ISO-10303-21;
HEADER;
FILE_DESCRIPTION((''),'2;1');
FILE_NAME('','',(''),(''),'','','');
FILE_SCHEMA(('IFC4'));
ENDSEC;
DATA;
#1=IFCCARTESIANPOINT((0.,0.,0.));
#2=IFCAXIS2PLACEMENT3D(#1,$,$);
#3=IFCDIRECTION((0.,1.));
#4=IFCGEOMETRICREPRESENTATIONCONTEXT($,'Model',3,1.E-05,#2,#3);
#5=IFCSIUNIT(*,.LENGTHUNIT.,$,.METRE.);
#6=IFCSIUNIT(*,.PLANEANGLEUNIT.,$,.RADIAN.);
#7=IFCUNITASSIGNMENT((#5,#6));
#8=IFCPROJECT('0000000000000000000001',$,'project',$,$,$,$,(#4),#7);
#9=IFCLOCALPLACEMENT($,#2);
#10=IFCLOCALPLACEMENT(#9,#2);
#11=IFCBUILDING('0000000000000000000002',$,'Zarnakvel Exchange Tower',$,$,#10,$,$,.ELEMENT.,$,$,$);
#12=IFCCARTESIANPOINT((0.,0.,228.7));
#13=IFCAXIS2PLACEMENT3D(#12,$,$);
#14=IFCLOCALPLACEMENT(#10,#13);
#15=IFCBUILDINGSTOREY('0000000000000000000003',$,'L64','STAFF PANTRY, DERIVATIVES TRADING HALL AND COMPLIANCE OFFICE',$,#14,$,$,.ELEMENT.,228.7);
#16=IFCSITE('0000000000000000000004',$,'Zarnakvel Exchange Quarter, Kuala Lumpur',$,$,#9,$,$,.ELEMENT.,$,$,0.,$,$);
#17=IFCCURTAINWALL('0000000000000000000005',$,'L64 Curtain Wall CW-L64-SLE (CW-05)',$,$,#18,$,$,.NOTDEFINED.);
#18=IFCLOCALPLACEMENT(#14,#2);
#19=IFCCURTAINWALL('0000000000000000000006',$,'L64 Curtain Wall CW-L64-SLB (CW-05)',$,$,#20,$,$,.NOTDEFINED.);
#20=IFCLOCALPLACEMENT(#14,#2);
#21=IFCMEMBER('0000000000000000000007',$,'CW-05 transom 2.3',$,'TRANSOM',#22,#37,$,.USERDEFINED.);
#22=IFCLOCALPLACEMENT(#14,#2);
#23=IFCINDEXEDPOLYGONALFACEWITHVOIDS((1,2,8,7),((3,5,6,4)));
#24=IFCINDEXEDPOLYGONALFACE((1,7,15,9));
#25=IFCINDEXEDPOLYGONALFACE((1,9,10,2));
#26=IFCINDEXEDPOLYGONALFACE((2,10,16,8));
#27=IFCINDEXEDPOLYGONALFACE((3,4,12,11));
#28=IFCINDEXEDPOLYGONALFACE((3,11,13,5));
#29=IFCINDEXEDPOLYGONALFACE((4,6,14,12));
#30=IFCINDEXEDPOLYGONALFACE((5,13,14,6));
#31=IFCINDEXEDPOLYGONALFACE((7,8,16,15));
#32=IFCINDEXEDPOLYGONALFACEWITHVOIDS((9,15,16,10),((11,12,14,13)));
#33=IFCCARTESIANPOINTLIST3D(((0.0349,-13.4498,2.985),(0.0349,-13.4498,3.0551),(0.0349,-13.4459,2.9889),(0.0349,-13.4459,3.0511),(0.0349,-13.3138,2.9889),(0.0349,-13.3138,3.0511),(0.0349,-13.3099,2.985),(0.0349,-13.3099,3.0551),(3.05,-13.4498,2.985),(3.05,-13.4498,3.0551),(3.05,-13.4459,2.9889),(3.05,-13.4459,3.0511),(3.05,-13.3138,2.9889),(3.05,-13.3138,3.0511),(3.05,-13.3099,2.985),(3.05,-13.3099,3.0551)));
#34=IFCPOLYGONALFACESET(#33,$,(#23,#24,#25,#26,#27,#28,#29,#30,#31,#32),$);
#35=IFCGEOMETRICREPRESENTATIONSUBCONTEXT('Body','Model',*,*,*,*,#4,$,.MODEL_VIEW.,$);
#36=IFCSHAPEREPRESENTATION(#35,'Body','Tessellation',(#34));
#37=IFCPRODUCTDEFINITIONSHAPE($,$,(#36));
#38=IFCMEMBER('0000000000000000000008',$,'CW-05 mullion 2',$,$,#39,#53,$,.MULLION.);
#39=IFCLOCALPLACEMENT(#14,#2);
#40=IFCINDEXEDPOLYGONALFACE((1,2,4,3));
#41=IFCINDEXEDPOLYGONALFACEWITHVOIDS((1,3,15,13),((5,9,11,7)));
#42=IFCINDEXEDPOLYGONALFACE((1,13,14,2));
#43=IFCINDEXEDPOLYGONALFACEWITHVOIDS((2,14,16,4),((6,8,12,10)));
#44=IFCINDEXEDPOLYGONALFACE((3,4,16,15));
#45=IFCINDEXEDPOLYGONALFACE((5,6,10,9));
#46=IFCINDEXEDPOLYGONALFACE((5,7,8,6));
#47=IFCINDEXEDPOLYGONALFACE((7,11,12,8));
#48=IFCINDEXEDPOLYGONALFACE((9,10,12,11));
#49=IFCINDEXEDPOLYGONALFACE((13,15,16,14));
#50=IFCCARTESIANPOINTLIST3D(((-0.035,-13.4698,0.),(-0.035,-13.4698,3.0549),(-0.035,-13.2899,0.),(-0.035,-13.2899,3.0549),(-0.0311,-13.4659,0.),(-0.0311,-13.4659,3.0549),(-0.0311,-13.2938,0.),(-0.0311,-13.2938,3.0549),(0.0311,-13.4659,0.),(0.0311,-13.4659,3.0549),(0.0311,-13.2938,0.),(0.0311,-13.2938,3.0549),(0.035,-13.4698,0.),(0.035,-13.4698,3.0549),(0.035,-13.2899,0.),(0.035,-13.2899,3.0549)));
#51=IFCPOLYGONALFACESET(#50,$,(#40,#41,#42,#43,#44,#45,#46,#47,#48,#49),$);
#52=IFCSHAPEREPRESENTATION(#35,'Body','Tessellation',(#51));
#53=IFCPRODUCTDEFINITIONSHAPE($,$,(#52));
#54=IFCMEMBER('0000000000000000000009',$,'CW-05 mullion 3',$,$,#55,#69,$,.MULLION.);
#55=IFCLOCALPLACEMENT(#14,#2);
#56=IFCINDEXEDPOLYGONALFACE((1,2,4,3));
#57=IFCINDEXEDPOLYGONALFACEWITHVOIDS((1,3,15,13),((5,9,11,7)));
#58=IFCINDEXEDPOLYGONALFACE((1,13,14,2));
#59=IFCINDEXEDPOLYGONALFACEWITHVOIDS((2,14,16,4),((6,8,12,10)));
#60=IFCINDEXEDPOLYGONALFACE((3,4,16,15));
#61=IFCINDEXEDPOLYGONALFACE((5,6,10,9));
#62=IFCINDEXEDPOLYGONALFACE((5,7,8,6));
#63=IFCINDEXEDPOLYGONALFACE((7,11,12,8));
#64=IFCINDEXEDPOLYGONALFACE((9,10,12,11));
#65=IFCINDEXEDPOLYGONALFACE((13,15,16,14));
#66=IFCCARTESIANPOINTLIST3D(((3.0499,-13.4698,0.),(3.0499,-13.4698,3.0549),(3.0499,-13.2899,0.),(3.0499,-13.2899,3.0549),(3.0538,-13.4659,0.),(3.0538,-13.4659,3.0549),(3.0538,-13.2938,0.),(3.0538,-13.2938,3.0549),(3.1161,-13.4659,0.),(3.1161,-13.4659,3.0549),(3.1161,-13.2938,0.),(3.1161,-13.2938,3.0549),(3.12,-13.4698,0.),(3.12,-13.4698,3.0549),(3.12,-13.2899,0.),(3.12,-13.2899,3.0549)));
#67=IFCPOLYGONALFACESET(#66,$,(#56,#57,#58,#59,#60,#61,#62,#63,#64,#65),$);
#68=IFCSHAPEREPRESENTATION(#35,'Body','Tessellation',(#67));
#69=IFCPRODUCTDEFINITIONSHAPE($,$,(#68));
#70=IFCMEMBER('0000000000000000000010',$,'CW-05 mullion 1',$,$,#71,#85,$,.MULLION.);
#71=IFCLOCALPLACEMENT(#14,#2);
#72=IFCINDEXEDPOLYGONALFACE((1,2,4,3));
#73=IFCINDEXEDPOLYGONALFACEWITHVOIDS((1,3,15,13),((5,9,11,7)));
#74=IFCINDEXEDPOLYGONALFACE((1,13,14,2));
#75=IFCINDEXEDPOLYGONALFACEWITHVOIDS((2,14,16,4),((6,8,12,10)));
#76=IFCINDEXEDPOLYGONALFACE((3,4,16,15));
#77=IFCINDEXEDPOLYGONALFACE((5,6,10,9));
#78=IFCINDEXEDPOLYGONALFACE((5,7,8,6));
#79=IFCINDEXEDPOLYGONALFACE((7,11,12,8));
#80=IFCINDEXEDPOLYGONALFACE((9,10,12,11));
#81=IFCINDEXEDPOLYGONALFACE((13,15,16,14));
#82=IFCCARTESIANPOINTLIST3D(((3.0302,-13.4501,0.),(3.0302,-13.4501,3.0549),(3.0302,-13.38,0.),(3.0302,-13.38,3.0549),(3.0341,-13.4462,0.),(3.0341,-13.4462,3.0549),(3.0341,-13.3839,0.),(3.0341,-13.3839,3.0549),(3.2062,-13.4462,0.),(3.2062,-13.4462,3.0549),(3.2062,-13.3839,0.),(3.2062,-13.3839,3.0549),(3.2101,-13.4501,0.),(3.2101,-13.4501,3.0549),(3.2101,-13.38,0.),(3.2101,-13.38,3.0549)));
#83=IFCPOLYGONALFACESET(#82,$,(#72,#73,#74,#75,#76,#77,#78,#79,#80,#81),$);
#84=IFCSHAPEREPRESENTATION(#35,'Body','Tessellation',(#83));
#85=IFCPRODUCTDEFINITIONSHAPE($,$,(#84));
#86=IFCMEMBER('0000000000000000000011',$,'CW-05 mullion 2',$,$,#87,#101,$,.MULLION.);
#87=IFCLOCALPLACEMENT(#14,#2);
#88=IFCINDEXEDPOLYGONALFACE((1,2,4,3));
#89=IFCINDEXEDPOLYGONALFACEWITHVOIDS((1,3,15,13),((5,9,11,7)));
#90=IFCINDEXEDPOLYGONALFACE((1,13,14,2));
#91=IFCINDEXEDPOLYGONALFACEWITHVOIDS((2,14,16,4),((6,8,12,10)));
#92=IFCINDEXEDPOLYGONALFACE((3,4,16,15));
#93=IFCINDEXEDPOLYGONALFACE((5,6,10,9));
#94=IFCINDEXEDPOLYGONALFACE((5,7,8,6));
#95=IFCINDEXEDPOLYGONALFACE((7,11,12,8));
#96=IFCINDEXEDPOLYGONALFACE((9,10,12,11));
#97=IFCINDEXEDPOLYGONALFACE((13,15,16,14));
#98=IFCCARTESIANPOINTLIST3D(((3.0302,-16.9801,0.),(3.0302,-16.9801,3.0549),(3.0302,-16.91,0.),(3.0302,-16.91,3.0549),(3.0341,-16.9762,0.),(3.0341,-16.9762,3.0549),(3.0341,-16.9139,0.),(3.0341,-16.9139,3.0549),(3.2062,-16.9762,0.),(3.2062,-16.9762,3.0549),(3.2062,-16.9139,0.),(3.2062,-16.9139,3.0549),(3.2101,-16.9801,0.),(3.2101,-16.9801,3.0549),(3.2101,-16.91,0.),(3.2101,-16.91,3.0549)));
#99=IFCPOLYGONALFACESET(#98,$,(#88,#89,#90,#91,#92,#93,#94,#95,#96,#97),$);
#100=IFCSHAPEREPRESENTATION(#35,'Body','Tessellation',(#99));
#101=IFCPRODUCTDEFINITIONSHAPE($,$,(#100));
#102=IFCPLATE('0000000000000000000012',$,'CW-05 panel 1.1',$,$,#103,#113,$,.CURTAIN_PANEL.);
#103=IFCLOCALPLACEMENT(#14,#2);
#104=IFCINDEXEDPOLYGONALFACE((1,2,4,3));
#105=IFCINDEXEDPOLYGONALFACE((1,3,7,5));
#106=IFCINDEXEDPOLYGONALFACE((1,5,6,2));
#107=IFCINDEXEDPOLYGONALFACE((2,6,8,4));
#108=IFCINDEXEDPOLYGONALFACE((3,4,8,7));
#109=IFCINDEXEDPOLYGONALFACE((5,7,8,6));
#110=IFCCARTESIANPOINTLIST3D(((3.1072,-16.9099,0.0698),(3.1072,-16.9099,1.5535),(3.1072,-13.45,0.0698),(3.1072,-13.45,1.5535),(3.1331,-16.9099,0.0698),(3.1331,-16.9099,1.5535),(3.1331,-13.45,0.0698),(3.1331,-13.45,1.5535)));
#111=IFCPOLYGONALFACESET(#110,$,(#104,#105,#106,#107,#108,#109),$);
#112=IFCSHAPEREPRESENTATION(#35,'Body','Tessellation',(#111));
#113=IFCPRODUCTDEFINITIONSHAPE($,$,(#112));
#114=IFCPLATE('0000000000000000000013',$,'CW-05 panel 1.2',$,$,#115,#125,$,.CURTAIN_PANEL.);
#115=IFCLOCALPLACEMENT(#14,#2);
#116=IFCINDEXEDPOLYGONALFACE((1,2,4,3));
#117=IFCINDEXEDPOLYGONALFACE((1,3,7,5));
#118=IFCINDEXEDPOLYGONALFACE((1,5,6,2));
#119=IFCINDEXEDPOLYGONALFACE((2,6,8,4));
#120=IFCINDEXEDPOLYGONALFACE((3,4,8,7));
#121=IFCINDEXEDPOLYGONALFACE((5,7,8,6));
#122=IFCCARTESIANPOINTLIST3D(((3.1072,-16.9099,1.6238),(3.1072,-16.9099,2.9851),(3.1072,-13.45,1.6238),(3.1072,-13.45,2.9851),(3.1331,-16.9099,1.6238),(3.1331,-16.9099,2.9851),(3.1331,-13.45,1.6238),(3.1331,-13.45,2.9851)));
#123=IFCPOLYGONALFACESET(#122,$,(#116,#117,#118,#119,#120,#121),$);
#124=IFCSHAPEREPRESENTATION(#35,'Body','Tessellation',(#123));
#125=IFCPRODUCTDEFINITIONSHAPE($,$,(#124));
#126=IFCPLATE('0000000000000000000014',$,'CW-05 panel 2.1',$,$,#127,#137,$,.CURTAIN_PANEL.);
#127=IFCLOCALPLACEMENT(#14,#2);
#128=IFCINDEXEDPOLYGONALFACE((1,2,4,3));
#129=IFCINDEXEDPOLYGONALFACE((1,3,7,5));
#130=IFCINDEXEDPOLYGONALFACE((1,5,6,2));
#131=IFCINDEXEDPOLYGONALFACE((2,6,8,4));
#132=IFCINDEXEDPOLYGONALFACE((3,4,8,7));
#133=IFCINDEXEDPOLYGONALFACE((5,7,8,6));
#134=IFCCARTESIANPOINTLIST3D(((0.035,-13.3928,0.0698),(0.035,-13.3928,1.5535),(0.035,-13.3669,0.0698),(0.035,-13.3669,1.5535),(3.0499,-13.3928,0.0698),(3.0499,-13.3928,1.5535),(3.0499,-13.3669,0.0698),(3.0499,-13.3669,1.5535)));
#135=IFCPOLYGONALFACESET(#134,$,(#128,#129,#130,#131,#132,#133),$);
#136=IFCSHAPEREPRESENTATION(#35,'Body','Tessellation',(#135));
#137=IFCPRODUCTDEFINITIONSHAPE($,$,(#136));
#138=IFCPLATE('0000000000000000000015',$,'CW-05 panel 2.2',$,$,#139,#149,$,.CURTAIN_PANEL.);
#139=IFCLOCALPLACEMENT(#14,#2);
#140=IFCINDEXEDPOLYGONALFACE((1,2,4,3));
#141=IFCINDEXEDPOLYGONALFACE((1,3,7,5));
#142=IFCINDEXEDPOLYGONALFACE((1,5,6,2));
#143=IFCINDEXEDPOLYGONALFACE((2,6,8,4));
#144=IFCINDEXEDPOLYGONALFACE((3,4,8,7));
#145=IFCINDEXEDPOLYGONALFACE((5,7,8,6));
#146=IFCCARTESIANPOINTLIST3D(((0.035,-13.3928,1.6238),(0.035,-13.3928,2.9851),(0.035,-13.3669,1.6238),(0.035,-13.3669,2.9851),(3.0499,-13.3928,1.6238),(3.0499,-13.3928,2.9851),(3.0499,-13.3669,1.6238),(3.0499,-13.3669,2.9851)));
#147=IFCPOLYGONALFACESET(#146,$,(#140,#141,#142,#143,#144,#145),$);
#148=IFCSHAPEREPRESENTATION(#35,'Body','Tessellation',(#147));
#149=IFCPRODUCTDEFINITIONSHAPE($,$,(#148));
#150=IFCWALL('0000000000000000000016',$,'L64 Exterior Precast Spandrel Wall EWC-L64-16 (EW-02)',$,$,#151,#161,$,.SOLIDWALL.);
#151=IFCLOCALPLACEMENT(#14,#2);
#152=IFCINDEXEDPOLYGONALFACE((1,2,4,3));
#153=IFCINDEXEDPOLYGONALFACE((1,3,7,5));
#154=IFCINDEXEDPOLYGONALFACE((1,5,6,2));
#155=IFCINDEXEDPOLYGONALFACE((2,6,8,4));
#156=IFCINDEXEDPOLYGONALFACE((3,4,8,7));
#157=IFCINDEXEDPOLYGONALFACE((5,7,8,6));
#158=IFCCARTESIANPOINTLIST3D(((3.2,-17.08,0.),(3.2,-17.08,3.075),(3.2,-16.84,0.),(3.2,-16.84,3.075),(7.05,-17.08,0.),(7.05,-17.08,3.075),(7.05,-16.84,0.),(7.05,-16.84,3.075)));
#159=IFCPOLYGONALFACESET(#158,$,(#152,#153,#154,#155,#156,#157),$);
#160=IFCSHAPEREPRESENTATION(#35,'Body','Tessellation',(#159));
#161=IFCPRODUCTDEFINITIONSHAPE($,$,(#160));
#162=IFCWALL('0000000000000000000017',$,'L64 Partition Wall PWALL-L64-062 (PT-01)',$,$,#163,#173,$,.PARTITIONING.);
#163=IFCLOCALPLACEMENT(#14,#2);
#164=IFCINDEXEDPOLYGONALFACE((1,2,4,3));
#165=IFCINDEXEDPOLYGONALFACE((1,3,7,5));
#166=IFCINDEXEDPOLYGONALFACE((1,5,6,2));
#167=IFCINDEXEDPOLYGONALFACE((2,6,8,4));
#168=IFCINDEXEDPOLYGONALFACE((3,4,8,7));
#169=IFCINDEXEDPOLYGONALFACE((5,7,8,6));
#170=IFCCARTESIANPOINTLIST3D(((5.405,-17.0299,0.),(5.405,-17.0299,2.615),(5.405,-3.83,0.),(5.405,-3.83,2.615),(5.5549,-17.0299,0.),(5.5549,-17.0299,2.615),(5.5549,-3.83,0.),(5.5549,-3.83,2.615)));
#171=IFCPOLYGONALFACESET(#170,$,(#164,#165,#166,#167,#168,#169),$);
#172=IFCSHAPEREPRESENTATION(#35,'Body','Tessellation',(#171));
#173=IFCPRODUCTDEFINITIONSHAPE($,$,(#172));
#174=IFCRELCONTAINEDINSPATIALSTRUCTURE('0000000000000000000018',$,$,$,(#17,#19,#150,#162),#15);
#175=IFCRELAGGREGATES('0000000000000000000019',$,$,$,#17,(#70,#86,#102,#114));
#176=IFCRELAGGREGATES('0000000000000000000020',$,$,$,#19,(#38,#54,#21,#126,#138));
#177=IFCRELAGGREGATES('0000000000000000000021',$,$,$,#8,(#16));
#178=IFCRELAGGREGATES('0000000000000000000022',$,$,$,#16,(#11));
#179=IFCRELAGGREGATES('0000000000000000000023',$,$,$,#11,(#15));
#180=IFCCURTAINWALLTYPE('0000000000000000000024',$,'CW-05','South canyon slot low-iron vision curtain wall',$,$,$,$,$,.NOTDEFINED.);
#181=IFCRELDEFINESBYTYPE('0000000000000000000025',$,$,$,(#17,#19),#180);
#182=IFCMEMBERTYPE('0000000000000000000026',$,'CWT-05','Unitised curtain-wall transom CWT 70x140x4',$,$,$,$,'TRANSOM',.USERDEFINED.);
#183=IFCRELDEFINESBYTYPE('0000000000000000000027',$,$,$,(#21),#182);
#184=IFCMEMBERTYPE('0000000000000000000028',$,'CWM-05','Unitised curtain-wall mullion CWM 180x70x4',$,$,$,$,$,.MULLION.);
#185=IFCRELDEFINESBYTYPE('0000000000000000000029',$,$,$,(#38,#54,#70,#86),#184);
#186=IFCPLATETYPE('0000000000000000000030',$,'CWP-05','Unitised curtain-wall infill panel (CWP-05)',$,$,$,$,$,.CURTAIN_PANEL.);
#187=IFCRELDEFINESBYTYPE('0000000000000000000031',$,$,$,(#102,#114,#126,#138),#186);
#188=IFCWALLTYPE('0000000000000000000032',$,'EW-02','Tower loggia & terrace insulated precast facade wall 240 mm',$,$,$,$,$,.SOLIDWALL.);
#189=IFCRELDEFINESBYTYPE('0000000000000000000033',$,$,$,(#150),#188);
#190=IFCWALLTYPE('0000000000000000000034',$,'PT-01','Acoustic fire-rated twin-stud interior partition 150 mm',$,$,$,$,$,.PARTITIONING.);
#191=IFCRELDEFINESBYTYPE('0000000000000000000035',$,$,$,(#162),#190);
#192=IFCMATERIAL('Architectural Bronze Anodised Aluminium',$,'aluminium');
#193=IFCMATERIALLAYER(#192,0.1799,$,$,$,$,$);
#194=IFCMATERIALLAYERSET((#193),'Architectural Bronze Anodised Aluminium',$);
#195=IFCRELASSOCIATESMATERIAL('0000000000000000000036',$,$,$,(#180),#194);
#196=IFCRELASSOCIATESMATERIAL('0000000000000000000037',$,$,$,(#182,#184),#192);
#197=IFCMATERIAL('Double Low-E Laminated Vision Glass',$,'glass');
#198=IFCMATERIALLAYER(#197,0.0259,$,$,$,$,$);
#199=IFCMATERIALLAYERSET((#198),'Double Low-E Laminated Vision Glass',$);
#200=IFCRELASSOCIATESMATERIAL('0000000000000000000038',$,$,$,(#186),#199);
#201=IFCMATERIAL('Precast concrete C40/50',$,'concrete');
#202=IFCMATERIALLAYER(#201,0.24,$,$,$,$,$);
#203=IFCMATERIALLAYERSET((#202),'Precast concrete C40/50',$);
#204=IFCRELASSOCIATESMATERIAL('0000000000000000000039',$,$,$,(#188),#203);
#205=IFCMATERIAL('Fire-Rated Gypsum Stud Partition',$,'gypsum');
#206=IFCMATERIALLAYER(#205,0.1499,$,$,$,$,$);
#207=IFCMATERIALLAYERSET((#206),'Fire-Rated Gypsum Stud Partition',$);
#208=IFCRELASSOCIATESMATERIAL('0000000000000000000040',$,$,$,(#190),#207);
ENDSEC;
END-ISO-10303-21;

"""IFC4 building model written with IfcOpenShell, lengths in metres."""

from ifc_helpers import new_model, si_unit, direction, frame, frame_2d, origin, origin_2d, place, context, subcontext, project, spatial, rectangle, hollow_rectangle, extrude, source, transform, mapped, material, layer, layer_set, material_profile, profile_set, type_object, element, aggregate, save


model = new_model("IFC4")

# Units and contexts
model_context = context("Model", 3, precision=1e-05, world=origin(), true_north=direction((0.0, 1.0)))
body_context = subcontext(model_context, "Body", "Model", "MODEL_VIEW")
ifc_project = project(units=[si_unit("LENGTHUNIT", "METRE"), si_unit("PLANEANGLEUNIT", "RADIAN")], contexts=[model_context])

# Site, building, storey
site_placement = place(None, origin())
site = spatial("IfcSite", under=ifc_project, at=site_placement, Name="Zarnakvel Exchange Quarter, Kuala Lumpur", CompositionType="ELEMENT", RefElevation=0.0)
building_placement = place(site_placement, origin())
building = spatial("IfcBuilding", under=site, at=building_placement, Name="Zarnakvel Exchange Tower", CompositionType="ELEMENT")
storey_placement = place(building_placement, frame((0.0, 0.0, 228.7)))
storey = spatial("IfcBuildingStorey", under=building, at=storey_placement, Name="L64", Description="STAFF PANTRY, DERIVATIVES TRADING HALL AND COMPLIANCE OFFICE", CompositionType="ELEMENT", Elevation=228.7)

# Curtain walls, members
ifc_material_1 = material(Name="Architectural Bronze Anodised Aluminium", Category="aluminium")
ifc_layer_1 = layer(ifc_material_1, 0.1799)
ifc_layer_set_1 = layer_set([ifc_layer_1], Name="Architectural Bronze Anodised Aluminium")
curtain_wall_type = type_object("IfcCurtainWallType", Name="CW-05", Description="South canyon slot low-iron vision curtain wall", PredefinedType="NOTDEFINED", material=ifc_layer_set_1)
curtain_wall_1_placement = place(storey_placement, origin())
curtain_wall_1 = element("IfcCurtainWall", 1, at=curtain_wall_1_placement, inside=storey, type_object=curtain_wall_type, Name="L64 Curtain Wall CW-L64-SLE (CW-05)", PredefinedType="NOTDEFINED")
ifc_material_profile_1 = material_profile(ifc_material_1, hollow_rectangle(XDim=0.1399, YDim=0.0701, WallThickness=0.0039, at=origin_2d()))
ifc_profile_set_1 = profile_set([ifc_material_profile_1], Name="Architectural Bronze Anodised Aluminium")
member_type_1 = type_object("IfcMemberType", Name="CWT-05", Description="Unitised curtain-wall transom CWT 70x140x4", ElementType="TRANSOM", PredefinedType="USERDEFINED", material=ifc_profile_set_1)
curtain_wall_2_placement = place(storey_placement, origin())
curtain_wall_2 = element("IfcCurtainWall", 2, at=curtain_wall_2_placement, inside=storey, type_object=curtain_wall_type, Name="L64 Curtain Wall CW-L64-SLB (CW-05)", PredefinedType="NOTDEFINED")
shared_shape_1 = source(origin(), body_context, "Body", "SweptSolid", [
    extrude(hollow_rectangle(XDim=0.1399, YDim=0.0701, WallThickness=0.0039, at=origin_2d()), origin(), (0.0, 0.0, 1.0), 3.0151),
])
member_1_placement = place(storey_placement, frame((0.0349, -13.3799, 3.02), z_axis=(1.0, 0.0, 0.0), x_axis=(0.0, 1.0, 0.0)))
member_1 = element("IfcMember", 3, at=member_1_placement, type_object=member_type_1, Name="CW-05 transom 2.3", ObjectType="TRANSOM", PredefinedType="USERDEFINED", context=body_context, shape_type="MappedRepresentation", body=[
    mapped(shared_shape_1, transform((0.0, 0.0, 0.0), x_axis=(1.0, 0.0, 0.0), y_axis=(0.0, 1.0, 0.0), z_axis=(0.0, 0.0, 1.0), scale=1.0)),
])
ifc_material_profile_2 = material_profile(ifc_material_1, hollow_rectangle(XDim=0.1799, YDim=0.0701, WallThickness=0.0039, at=origin_2d()))
ifc_profile_set_2 = profile_set([ifc_material_profile_2], Name="Architectural Bronze Anodised Aluminium")
member_type_2 = type_object("IfcMemberType", Name="CWM-05", Description="Unitised curtain-wall mullion CWM 180x70x4", PredefinedType="MULLION", material=ifc_profile_set_2)
shared_shape_2 = source(origin(), body_context, "Body", "SweptSolid", [
    extrude(hollow_rectangle(XDim=0.1799, YDim=0.0701, WallThickness=0.0039, at=origin_2d()), origin(), (0.0, 0.0, 1.0), 3.0549),
])
member_2_placement = place(storey_placement, frame((0.0, -13.3799, 0.0), z_axis=(0.0, 0.0, 1.0), x_axis=(0.0, 1.0, 0.0)))
member_2 = element("IfcMember", 4, at=member_2_placement, type_object=member_type_2, Name="CW-05 mullion 2", PredefinedType="MULLION", context=body_context, shape_type="MappedRepresentation", body=[
    mapped(shared_shape_2, transform((0.0, 0.0, 0.0), x_axis=(1.0, 0.0, 0.0), y_axis=(0.0, 1.0, 0.0), z_axis=(0.0, 0.0, 1.0), scale=1.0)),
])
member_3_placement = place(storey_placement, frame((3.085, -13.3799, 0.0), z_axis=(0.0, 0.0, 1.0), x_axis=(0.0, 1.0, 0.0)))
member_3 = element("IfcMember", 5, at=member_3_placement, type_object=member_type_2, Name="CW-05 mullion 3", PredefinedType="MULLION", context=body_context, shape_type="MappedRepresentation", body=[
    mapped(shared_shape_2, transform((0.0, 0.0, 0.0), x_axis=(1.0, 0.0, 0.0), y_axis=(0.0, 1.0, 0.0), z_axis=(0.0, 0.0, 1.0), scale=1.0)),
])

# Members
member_4_placement = place(storey_placement, frame((3.1201, -13.415, 0.0), z_axis=(0.0, 0.0, 1.0), x_axis=(1.0, 0.0, 0.0)))
member_4 = element("IfcMember", 6, at=member_4_placement, type_object=member_type_2, Name="CW-05 mullion 1", PredefinedType="MULLION", context=body_context, shape_type="MappedRepresentation", body=[
    mapped(shared_shape_2, transform((0.0, 0.0, 0.0), x_axis=(1.0, 0.0, 0.0), y_axis=(0.0, 1.0, 0.0), z_axis=(0.0, 0.0, 1.0), scale=1.0)),
])
member_5_placement = place(storey_placement, frame((3.1201, -16.9451, 0.0), z_axis=(0.0, 0.0, 1.0), x_axis=(1.0, 0.0, 0.0)))
member_5 = element("IfcMember", 7, at=member_5_placement, type_object=member_type_2, Name="CW-05 mullion 2", PredefinedType="MULLION", context=body_context, shape_type="MappedRepresentation", body=[
    mapped(shared_shape_2, transform((0.0, 0.0, 0.0), x_axis=(1.0, 0.0, 0.0), y_axis=(0.0, 1.0, 0.0), z_axis=(0.0, 0.0, 1.0), scale=1.0)),
])

# Plates
ifc_material_2 = material(Name="Double Low-E Laminated Vision Glass", Category="glass")
ifc_layer_2 = layer(ifc_material_2, 0.0259)
ifc_layer_set_2 = layer_set([ifc_layer_2], Name="Double Low-E Laminated Vision Glass")
plate_type = type_object("IfcPlateType", Name="CWP-05", Description="Unitised curtain-wall infill panel (CWP-05)", PredefinedType="CURTAIN_PANEL", material=ifc_layer_set_2)
shared_shape_3 = source(origin(), body_context, "Body", "SweptSolid", [
    extrude(rectangle(XDim=3.46, YDim=0.0259, at=origin_2d()), origin(), (0.0, 0.0, 1.0), 1.4836),
])
plate_1_placement = place(storey_placement, frame((3.1201, -15.1799, 0.0698), z_axis=(0.0, 0.0, 1.0), x_axis=(0.0, -1.0, 0.0)))
plate_1 = element("IfcPlate", 8, at=plate_1_placement, type_object=plate_type, Name="CW-05 panel 1.1", PredefinedType="CURTAIN_PANEL", context=body_context, shape_type="MappedRepresentation", body=[
    mapped(shared_shape_3, transform((0.0, 0.0, 0.0), x_axis=(1.0, 0.0, 0.0), y_axis=(0.0, 1.0, 0.0), z_axis=(0.0, 0.0, 1.0), scale=1.0)),
])
shared_shape_4 = source(origin(), body_context, "Body", "SweptSolid", [
    extrude(rectangle(XDim=3.46, YDim=0.0259, at=origin_2d()), origin(), (0.0, 0.0, 1.0), 1.3613),
])
plate_2_placement = place(storey_placement, frame((3.1201, -15.1799, 1.6238), z_axis=(0.0, 0.0, 1.0), x_axis=(0.0, -1.0, 0.0)))
plate_2 = element("IfcPlate", 9, at=plate_2_placement, type_object=plate_type, Name="CW-05 panel 1.2", PredefinedType="CURTAIN_PANEL", context=body_context, shape_type="MappedRepresentation", body=[
    mapped(shared_shape_4, transform((0.0, 0.0, 0.0), x_axis=(1.0, 0.0, 0.0), y_axis=(0.0, 1.0, 0.0), z_axis=(0.0, 0.0, 1.0), scale=1.0)),
])
aggregate(curtain_wall_1, [member_4, member_5, plate_1, plate_2])
shared_shape_5 = source(origin(), body_context, "Body", "SweptSolid", [
    extrude(rectangle(XDim=3.0149, YDim=0.0259, at=origin_2d()), origin(), (0.0, 0.0, 1.0), 1.4836),
])
plate_3_placement = place(storey_placement, frame((1.5425, -13.3799, 0.0698), z_axis=(0.0, 0.0, 1.0), x_axis=(1.0, 0.0, 0.0)))
plate_3 = element("IfcPlate", 10, at=plate_3_placement, type_object=plate_type, Name="CW-05 panel 2.1", PredefinedType="CURTAIN_PANEL", context=body_context, shape_type="MappedRepresentation", body=[
    mapped(shared_shape_5, transform((0.0, 0.0, 0.0), x_axis=(1.0, 0.0, 0.0), y_axis=(0.0, 1.0, 0.0), z_axis=(0.0, 0.0, 1.0), scale=1.0)),
])
shared_shape_6 = source(origin(), body_context, "Body", "SweptSolid", [
    extrude(rectangle(XDim=3.0149, YDim=0.0259, at=origin_2d()), origin(), (0.0, 0.0, 1.0), 1.3613),
])
plate_4_placement = place(storey_placement, frame((1.5425, -13.3799, 1.6238), z_axis=(0.0, 0.0, 1.0), x_axis=(1.0, 0.0, 0.0)))
plate_4 = element("IfcPlate", 11, at=plate_4_placement, type_object=plate_type, Name="CW-05 panel 2.2", PredefinedType="CURTAIN_PANEL", context=body_context, shape_type="MappedRepresentation", body=[
    mapped(shared_shape_6, transform((0.0, 0.0, 0.0), x_axis=(1.0, 0.0, 0.0), y_axis=(0.0, 1.0, 0.0), z_axis=(0.0, 0.0, 1.0), scale=1.0)),
])
aggregate(curtain_wall_2, [member_2, member_3, member_1, plate_3, plate_4])

# Walls
ifc_material_3 = material(Name="Precast concrete C40/50", Category="concrete")
ifc_layer_3 = layer(ifc_material_3, 0.24)
ifc_layer_set_3 = layer_set([ifc_layer_3], Name="Precast concrete C40/50")
wall_type_1 = type_object("IfcWallType", Name="EW-02", Description="Tower loggia & terrace insulated precast facade wall 240 mm", PredefinedType="SOLIDWALL", material=ifc_layer_set_3)
wall_1_placement = place(storey_placement, frame((3.2, -16.96, 0.0), z_axis=(0.0, 0.0, 1.0), x_axis=(1.0, 0.0, 0.0)))
element("IfcWall", 12, at=wall_1_placement, inside=storey, type_object=wall_type_1, Name="L64 Exterior Precast Spandrel Wall EWC-L64-16 (EW-02)", PredefinedType="SOLIDWALL", context=body_context, shape_type="SweptSolid", body=[
    extrude(rectangle(XDim=3.8501, YDim=0.24, at=frame_2d((1.925, 0.0))), origin(), (0.0, 0.0, 1.0), 3.075),
])
ifc_material_4 = material(Name="Fire-Rated Gypsum Stud Partition", Category="gypsum")
ifc_layer_4 = layer(ifc_material_4, 0.1499)
ifc_layer_set_4 = layer_set([ifc_layer_4], Name="Fire-Rated Gypsum Stud Partition")
wall_type_2 = type_object("IfcWallType", Name="PT-01", Description="Acoustic fire-rated twin-stud interior partition 150 mm", PredefinedType="PARTITIONING", material=ifc_layer_set_4)
wall_2_placement = place(storey_placement, frame((5.48, -17.03, 0.0), z_axis=(0.0, 0.0, 1.0), x_axis=(0.0, 1.0, 0.0)))
element("IfcWall", 13, at=wall_2_placement, inside=storey, type_object=wall_type_2, Name="L64 Partition Wall PWALL-L64-062 (PT-01)", PredefinedType="PARTITIONING", context=body_context, shape_type="SweptSolid", body=[
    extrude(rectangle(XDim=13.2, YDim=0.1499, at=frame_2d((6.6001, 0.0))), origin(), (0.0, 0.0, 1.0), 2.615),
])

save(model, "model.ifc")
